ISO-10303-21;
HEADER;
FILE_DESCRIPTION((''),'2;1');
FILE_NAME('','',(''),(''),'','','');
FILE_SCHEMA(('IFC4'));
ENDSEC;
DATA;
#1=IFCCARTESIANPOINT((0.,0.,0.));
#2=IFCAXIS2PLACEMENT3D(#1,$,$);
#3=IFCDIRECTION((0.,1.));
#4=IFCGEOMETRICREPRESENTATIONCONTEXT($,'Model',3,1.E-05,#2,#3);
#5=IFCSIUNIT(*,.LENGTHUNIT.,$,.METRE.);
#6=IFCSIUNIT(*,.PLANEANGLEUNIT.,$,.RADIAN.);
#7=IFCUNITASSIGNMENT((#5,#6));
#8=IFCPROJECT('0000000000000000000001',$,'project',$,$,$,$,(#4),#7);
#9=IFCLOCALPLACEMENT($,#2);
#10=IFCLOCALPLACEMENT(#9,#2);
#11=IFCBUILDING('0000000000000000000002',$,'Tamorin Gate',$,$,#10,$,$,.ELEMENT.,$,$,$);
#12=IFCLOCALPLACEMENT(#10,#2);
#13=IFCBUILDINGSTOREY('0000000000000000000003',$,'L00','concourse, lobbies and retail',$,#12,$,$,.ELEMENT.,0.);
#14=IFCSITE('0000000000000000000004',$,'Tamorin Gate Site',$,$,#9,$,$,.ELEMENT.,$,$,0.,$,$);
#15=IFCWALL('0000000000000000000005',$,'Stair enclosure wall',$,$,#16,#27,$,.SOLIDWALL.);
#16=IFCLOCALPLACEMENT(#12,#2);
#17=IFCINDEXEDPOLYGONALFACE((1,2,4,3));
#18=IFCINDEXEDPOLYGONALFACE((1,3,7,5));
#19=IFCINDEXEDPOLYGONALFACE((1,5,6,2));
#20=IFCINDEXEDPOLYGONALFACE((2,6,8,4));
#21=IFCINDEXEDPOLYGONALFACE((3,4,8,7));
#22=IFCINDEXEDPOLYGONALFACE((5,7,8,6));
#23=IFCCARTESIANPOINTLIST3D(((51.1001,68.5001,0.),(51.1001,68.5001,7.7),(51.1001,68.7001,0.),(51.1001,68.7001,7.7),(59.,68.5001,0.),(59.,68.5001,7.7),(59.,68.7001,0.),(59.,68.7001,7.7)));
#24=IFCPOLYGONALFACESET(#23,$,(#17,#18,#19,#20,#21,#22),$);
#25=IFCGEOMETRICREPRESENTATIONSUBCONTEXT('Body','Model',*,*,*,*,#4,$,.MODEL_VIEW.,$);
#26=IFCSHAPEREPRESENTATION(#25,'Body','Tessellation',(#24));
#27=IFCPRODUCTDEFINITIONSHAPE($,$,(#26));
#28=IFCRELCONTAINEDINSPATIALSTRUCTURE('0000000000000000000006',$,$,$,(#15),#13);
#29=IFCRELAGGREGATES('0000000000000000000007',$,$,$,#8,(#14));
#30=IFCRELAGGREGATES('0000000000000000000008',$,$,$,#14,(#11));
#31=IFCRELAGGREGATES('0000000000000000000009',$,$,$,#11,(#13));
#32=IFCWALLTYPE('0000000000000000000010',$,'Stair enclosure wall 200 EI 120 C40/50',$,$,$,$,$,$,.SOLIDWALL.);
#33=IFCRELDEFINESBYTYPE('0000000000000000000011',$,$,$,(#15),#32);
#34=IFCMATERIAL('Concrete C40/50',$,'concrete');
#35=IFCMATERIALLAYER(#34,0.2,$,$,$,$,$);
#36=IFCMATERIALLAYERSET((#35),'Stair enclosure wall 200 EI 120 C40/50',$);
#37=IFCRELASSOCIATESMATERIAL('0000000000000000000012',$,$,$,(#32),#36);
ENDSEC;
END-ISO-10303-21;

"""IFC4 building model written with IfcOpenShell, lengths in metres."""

from ifc_helpers import new_model, si_unit, direction, frame, frame_2d, origin, place, context, subcontext, project, spatial, rectangle, extrude, material, layer, layer_set, type_object, element, save


model = new_model("IFC4")

# Units and contexts
model_context = context("Model", 3, precision=1e-05, world=origin(), true_north=direction((0.0, 1.0)))
body_context = subcontext(model_context, "Body", "Model", "MODEL_VIEW")
ifc_project = project(units=[si_unit("LENGTHUNIT", "METRE"), si_unit("PLANEANGLEUNIT", "RADIAN")], contexts=[model_context])

# Site, building, storey
site_placement = place(None, origin())
site = spatial("IfcSite", under=ifc_project, at=site_placement, Name="Tamorin Gate Site", CompositionType="ELEMENT", RefElevation=0.0)
building_placement = place(site_placement, origin())
building = spatial("IfcBuilding", under=site, at=building_placement, Name="Tamorin Gate", CompositionType="ELEMENT")
storey_placement = place(building_placement, origin())
storey = spatial("IfcBuildingStorey", under=building, at=storey_placement, Name="L00", Description="concourse, lobbies and retail", CompositionType="ELEMENT", Elevation=0.0)

# Wall
ifc_material_1 = material(Name="Concrete C40/50", Category="concrete")
ifc_layer_1 = layer(ifc_material_1, 0.2)
ifc_layer_set_1 = layer_set([ifc_layer_1], Name="Stair enclosure wall 200 EI 120 C40/50")
wall_type_1 = type_object("IfcWallType", Name="Stair enclosure wall 200 EI 120 C40/50", PredefinedType="SOLIDWALL", material=ifc_layer_set_1)
wall_1_placement = place(storey_placement, frame((51.1001, 68.6001, 0.0), z_axis=(0.0, 0.0, 1.0), x_axis=(1.0, 0.0, 0.0)))
element("IfcWall", 1, at=wall_1_placement, inside=storey, type_object=wall_type_1, Name="Stair enclosure wall", PredefinedType="SOLIDWALL", context=body_context, shape_type="SweptSolid", body=[
    extrude(rectangle(XDim=7.8999, YDim=0.2, at=frame_2d((3.95, 0.0))), origin(), (0.0, 0.0, 1.0), 7.7),
])

save(model, "model.ifc")
